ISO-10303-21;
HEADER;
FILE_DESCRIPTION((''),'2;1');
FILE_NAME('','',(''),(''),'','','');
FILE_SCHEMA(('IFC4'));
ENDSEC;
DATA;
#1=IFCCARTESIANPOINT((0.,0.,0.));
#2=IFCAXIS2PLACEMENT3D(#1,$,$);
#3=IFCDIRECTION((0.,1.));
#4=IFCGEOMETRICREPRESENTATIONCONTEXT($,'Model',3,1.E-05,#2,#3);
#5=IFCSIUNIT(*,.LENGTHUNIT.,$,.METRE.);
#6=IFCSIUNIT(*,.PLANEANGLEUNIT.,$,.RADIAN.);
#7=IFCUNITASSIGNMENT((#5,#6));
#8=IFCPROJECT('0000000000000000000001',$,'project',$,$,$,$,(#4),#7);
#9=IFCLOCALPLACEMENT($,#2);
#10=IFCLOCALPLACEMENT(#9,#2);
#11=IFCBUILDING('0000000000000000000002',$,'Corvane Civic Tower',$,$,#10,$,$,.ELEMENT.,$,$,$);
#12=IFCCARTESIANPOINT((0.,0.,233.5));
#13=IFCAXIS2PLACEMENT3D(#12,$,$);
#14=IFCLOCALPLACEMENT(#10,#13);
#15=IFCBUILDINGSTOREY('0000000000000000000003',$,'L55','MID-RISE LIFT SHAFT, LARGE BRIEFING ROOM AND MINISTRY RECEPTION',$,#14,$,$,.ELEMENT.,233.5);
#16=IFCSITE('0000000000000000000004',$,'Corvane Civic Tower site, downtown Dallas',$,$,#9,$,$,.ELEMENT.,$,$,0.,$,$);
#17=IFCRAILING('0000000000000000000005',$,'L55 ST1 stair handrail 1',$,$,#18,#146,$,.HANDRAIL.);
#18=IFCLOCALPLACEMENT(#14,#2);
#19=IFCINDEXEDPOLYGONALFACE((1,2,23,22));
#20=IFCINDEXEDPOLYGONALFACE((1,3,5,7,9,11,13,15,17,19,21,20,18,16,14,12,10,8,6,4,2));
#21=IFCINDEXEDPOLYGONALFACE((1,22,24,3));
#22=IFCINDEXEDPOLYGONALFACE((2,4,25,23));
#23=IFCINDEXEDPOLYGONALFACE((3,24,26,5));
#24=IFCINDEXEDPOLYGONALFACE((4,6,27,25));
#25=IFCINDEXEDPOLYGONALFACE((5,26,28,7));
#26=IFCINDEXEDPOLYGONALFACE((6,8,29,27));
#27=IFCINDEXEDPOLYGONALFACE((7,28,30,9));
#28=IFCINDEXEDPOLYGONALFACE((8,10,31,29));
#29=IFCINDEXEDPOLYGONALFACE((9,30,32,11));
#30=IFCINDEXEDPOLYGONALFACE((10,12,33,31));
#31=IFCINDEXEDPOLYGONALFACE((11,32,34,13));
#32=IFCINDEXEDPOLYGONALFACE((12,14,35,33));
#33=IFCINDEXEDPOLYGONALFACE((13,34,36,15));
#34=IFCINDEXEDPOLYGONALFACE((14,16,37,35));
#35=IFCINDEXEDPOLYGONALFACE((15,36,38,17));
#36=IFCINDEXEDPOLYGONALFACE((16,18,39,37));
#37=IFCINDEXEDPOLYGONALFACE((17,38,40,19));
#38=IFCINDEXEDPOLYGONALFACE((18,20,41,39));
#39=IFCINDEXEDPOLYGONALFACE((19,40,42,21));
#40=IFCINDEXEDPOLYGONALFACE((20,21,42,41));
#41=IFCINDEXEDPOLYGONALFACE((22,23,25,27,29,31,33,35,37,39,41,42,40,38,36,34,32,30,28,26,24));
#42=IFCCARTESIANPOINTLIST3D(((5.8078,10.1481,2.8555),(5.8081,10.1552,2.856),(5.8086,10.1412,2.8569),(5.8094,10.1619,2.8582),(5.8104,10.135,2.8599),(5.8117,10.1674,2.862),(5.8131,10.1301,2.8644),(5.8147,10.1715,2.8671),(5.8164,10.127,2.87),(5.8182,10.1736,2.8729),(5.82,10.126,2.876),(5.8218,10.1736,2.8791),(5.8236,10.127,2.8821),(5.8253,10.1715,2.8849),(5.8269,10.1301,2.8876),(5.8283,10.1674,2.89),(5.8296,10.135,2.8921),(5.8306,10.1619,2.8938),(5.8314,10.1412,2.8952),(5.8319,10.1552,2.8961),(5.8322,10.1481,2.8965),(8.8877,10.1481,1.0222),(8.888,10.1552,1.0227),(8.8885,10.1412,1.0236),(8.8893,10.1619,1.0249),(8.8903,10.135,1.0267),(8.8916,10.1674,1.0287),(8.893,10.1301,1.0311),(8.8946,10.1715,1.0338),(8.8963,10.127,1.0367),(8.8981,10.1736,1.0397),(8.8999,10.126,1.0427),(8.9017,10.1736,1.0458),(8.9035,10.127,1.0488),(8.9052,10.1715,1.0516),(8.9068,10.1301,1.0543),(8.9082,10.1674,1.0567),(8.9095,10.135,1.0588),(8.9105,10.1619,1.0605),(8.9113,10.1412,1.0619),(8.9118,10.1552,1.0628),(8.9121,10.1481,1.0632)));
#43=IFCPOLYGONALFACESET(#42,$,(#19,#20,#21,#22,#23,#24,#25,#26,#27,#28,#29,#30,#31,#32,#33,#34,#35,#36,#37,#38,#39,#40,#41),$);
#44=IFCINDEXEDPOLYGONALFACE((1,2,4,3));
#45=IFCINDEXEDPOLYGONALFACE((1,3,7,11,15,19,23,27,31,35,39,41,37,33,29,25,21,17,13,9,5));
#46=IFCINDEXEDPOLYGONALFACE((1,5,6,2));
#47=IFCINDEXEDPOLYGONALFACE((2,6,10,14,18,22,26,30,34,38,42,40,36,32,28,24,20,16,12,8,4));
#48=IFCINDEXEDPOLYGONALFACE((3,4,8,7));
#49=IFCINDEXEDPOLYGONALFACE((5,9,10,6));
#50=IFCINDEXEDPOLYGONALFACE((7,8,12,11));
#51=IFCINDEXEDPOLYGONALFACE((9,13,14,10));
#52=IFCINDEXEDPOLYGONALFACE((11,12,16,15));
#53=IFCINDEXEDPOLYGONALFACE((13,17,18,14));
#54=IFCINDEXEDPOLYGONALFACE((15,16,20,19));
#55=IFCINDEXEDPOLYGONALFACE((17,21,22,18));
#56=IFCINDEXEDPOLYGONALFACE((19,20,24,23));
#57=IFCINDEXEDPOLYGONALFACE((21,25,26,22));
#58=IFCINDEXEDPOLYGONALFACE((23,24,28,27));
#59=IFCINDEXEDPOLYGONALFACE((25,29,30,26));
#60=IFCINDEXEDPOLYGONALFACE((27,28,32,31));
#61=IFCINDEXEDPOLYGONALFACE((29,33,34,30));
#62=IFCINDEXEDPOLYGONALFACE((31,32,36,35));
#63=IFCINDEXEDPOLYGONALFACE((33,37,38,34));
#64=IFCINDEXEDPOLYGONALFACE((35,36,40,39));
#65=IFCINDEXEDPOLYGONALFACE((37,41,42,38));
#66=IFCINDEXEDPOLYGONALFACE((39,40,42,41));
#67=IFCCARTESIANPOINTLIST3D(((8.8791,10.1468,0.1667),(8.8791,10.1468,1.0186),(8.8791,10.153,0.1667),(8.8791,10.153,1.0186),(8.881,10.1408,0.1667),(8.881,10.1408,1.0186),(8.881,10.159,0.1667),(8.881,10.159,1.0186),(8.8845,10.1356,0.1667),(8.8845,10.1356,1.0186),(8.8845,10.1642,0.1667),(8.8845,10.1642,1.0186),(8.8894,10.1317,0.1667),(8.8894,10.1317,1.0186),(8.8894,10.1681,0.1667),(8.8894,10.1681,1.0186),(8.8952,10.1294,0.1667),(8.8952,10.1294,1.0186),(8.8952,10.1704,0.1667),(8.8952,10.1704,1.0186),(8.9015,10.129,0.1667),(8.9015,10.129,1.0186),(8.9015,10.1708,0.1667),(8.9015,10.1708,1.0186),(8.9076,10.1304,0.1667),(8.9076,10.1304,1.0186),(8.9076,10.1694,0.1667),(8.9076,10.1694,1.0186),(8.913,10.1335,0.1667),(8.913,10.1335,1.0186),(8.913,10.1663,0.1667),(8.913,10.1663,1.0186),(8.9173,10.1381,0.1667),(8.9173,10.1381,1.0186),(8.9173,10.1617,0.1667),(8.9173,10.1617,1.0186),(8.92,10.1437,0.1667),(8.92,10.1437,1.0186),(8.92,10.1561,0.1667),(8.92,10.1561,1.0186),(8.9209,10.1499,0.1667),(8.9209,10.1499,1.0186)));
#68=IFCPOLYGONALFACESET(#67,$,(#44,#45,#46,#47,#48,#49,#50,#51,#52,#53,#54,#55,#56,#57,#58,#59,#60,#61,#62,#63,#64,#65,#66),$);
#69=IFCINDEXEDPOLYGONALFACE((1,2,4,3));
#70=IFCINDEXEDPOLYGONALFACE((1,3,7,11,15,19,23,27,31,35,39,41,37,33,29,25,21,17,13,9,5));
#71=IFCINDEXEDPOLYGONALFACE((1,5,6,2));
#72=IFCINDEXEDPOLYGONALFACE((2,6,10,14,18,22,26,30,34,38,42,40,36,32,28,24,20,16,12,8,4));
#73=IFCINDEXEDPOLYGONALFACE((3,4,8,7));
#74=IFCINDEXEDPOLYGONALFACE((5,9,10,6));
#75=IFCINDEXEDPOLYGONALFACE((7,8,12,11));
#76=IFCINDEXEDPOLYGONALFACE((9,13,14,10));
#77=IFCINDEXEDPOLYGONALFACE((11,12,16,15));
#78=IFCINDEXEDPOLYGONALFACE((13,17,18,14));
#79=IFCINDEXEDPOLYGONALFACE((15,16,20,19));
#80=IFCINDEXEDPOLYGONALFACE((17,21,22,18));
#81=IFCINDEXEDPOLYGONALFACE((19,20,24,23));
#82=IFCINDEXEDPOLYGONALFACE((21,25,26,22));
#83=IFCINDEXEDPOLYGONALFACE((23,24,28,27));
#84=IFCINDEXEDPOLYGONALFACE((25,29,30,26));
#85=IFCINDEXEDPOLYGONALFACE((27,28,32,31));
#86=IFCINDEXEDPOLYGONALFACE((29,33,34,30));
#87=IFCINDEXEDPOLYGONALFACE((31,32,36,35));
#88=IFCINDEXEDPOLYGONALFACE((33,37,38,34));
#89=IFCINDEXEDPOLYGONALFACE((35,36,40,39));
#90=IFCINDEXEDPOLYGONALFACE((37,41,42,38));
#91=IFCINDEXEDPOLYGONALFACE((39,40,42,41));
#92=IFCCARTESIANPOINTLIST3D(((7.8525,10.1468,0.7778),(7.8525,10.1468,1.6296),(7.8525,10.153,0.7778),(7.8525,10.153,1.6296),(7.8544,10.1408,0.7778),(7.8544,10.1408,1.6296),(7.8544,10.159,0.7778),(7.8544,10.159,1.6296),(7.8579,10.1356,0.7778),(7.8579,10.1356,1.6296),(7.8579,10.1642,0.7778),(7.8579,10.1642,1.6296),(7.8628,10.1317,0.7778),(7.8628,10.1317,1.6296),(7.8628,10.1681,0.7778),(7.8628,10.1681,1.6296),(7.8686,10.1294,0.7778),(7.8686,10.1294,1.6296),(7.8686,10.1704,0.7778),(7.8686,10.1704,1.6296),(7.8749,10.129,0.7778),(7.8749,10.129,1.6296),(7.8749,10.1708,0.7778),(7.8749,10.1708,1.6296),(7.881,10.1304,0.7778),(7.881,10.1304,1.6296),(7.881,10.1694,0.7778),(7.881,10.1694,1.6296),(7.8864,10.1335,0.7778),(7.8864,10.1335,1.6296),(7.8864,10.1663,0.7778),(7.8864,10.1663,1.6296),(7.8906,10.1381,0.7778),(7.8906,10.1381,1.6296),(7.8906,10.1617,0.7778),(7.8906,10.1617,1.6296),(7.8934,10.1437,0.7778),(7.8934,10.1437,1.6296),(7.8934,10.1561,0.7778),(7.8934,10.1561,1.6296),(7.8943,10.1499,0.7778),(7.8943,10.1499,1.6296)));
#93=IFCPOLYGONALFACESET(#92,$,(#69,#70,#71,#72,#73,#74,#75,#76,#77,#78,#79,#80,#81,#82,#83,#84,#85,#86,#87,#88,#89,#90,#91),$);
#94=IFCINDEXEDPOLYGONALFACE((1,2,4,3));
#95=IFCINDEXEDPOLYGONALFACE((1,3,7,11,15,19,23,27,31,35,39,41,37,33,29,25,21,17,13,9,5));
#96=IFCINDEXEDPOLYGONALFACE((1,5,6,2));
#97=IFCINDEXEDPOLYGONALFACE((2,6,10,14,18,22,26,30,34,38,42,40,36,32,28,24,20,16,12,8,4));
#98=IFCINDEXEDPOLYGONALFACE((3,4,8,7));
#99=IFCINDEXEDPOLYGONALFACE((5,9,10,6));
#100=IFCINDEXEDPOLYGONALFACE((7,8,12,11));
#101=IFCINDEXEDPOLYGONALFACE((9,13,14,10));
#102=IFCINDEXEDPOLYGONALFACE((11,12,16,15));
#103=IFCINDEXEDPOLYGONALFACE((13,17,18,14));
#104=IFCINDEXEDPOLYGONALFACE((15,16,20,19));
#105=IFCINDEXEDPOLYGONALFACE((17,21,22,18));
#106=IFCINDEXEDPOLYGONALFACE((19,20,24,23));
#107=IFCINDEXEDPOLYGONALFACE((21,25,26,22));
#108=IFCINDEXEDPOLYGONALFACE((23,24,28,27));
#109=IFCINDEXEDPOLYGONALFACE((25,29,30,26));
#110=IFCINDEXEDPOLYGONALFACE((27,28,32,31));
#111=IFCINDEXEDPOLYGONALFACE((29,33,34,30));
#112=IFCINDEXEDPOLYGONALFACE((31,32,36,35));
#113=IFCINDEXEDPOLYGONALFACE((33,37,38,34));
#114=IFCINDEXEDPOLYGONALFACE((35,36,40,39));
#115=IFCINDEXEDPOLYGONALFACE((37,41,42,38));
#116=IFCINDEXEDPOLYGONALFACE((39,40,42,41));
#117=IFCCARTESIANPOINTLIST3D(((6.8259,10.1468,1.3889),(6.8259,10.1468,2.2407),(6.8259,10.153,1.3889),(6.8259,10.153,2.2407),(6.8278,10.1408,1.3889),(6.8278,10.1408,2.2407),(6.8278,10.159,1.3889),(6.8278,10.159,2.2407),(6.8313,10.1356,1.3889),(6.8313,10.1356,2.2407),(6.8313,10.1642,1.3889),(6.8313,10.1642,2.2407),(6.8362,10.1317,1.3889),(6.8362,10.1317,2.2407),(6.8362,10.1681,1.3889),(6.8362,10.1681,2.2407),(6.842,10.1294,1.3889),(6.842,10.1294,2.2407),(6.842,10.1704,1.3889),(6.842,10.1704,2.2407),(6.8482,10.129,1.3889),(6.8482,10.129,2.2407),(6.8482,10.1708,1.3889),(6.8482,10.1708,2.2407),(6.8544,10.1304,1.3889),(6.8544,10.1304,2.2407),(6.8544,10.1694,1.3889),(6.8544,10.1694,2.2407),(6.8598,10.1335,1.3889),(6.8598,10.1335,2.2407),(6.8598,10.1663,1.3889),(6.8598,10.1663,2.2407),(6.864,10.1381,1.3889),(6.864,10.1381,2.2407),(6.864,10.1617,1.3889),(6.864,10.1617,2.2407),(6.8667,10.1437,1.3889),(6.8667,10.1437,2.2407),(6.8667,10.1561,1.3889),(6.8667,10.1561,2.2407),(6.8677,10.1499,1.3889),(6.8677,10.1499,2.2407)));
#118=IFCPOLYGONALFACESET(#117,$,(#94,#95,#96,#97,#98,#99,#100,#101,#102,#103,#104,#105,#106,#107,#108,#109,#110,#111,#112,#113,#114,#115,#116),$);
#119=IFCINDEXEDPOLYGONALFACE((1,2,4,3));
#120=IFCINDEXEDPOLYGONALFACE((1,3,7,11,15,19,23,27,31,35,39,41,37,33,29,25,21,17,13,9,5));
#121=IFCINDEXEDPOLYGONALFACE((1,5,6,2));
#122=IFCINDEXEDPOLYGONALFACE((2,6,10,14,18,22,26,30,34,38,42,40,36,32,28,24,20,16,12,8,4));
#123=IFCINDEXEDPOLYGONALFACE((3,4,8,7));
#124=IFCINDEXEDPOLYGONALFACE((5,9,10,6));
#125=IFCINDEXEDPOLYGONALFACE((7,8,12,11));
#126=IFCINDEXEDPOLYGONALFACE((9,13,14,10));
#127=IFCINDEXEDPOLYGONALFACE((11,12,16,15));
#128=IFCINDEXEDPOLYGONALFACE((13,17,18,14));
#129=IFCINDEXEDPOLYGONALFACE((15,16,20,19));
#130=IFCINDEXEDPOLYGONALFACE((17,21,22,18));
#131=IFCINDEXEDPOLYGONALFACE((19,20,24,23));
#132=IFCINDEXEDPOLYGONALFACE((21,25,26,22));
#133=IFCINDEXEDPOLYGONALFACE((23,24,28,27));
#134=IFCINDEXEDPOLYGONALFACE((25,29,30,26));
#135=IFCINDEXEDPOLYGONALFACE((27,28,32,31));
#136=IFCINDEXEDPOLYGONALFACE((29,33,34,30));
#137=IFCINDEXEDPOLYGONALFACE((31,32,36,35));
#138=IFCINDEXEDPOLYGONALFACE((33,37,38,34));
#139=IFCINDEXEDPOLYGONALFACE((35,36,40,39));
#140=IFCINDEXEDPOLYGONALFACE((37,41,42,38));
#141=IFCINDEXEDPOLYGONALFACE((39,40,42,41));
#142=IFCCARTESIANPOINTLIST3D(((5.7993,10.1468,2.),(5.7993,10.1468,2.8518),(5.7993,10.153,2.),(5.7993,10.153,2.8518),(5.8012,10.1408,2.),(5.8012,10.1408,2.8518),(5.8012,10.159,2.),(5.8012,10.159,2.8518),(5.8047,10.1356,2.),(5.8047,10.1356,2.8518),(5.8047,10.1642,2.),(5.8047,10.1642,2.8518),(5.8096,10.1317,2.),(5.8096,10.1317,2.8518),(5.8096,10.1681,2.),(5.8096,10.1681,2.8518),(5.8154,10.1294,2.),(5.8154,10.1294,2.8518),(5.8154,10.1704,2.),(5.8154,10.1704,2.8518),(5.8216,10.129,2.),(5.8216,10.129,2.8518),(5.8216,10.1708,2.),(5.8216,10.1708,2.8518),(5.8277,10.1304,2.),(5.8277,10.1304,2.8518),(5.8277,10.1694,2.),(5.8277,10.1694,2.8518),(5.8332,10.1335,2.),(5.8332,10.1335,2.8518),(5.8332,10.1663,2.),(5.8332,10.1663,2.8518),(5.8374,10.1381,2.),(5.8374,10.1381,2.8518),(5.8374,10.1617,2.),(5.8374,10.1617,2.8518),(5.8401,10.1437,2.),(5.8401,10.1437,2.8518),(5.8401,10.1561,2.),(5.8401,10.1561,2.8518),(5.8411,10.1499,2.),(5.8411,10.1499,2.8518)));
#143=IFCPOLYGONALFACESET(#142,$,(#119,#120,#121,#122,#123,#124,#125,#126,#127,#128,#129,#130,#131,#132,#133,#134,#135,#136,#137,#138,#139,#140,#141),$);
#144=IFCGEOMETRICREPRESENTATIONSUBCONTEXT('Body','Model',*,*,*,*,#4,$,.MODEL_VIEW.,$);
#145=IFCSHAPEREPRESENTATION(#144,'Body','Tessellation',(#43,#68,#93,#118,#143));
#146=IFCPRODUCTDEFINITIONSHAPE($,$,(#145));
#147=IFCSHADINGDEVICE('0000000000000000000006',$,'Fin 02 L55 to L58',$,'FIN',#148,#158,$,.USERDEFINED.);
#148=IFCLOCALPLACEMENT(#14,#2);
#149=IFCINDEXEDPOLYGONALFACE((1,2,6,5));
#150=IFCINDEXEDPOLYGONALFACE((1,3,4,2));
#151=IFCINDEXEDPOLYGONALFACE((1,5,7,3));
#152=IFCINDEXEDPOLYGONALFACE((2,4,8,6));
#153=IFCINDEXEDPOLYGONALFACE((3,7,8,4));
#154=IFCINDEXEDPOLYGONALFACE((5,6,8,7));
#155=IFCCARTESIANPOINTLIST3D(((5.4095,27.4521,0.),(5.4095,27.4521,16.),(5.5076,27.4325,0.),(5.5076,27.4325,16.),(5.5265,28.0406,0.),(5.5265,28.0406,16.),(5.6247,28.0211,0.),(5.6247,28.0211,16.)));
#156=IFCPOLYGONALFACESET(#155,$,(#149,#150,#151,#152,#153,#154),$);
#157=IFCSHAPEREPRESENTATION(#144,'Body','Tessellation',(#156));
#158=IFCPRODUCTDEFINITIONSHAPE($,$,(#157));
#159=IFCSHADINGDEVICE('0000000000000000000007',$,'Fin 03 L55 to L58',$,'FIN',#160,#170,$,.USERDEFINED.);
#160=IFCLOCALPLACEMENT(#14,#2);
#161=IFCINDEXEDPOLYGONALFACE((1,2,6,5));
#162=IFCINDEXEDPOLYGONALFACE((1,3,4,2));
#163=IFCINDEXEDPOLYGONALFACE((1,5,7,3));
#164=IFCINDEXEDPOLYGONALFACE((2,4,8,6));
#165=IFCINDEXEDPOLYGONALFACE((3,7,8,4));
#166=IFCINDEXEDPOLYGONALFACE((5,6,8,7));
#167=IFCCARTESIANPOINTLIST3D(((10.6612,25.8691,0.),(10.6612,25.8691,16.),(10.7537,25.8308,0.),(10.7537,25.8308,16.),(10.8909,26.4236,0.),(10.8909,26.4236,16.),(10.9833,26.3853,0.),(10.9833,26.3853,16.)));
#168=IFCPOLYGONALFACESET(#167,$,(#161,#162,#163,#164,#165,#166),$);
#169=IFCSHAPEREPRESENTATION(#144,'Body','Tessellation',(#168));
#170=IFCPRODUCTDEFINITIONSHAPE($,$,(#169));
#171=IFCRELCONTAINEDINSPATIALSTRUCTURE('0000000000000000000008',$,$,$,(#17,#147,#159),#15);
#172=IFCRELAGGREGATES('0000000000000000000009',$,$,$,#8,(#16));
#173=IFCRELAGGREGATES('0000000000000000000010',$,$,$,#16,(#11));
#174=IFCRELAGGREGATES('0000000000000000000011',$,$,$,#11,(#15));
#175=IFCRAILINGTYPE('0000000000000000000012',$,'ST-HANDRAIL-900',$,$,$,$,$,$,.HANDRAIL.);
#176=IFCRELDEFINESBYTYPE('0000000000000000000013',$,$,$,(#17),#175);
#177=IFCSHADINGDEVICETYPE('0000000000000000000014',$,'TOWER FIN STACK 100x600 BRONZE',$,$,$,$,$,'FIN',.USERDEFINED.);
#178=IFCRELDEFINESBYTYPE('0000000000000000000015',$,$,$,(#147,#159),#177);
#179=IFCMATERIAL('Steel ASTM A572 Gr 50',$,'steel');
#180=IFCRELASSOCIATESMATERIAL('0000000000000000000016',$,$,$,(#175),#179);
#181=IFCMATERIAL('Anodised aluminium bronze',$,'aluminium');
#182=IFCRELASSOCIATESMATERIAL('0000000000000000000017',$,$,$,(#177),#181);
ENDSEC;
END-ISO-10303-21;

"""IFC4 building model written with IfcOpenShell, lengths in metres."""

from ifc_helpers import new_model, si_unit, direction, frame, origin, origin_2d, place, context, subcontext, project, spatial, rectangle, circle, extrude, material, material_profile, profile_set, type_object, element, save


model = new_model("IFC4")

# Units and contexts
model_context = context("Model", 3, precision=1e-05, world=origin(), true_north=direction((0.0, 1.0)))
body_context = subcontext(model_context, "Body", "Model", "MODEL_VIEW")
ifc_project = project(units=[si_unit("LENGTHUNIT", "METRE"), si_unit("PLANEANGLEUNIT", "RADIAN")], contexts=[model_context])

# Site, building, storey
site_placement = place(None, origin())
site = spatial("IfcSite", under=ifc_project, at=site_placement, Name="Corvane Civic Tower site, downtown Dallas", CompositionType="ELEMENT", RefElevation=0.0)
building_placement = place(site_placement, origin())
building = spatial("IfcBuilding", under=site, at=building_placement, Name="Corvane Civic Tower", CompositionType="ELEMENT")
storey_placement = place(building_placement, frame((0.0, 0.0, 233.5)))
storey = spatial("IfcBuildingStorey", under=building, at=storey_placement, Name="L55", Description="MID-RISE LIFT SHAFT, LARGE BRIEFING ROOM AND MINISTRY RECEPTION", CompositionType="ELEMENT", Elevation=233.5)

# Railing
ifc_material_1 = material(Name="Steel ASTM A572 Gr 50", Category="steel")
railing_type = type_object("IfcRailingType", Name="ST-HANDRAIL-900", PredefinedType="HANDRAIL", material=ifc_material_1)
railing_placement = place(storey_placement, frame((8.8999, 10.1499, 0.1667)))
element("IfcRailing", 1, at=railing_placement, inside=storey, type_object=railing_type, Name="L55 ST1 stair handrail 1", PredefinedType="HANDRAIL", context=body_context, shape_type="SweptSolid", body=[
    extrude(circle(Radius=0.0239, at=origin_2d()), frame((0.0, 0.0, 0.876), z_axis=(-0.859291, 0.0, 0.511487), x_axis=(0.0, -1.0, 0.0)), (0.0, 0.0, 1.0), 3.5842),
    extrude(circle(Radius=0.021, at=origin_2d()), origin(), (0.0, 0.0, 1.0), 0.8518),
    extrude(circle(Radius=0.021, at=origin_2d()), frame((-1.0266, 0.0, 0.6111)), (0.0, 0.0, 1.0), 0.8518),
    extrude(circle(Radius=0.021, at=origin_2d()), frame((-2.0532, 0.0, 1.2222)), (0.0, 0.0, 1.0), 0.8518),
    extrude(circle(Radius=0.021, at=origin_2d()), frame((-3.0798, 0.0, 1.8333)), (0.0, 0.0, 1.0), 0.8518),
])

# Shading devices
ifc_material_2 = material(Name="Anodised aluminium bronze", Category="aluminium")
ifc_material_profile_1 = material_profile(ifc_material_2, rectangle(XDim=0.1001, YDim=0.6001, at=origin_2d()), Name="TOWER FIN STACK 100x600 BRONZE")
ifc_profile_set_1 = profile_set([ifc_material_profile_1], Name="Anodised aluminium bronze")
shading_device_type = type_object("IfcShadingDeviceType", Name="TOWER FIN STACK 100x600 BRONZE", ElementType="FIN", PredefinedType="USERDEFINED", material=ifc_profile_set_1)
for number, where, z_axis, x_axis, name in (
    (2, (5.5171, 27.7366, 0.0), (0.0, 0.0, 1.0), (0.980785, -0.19509, 0.0), "Fin 02 L55 to L58"),
    (3, (10.8223, 26.1272, 0.0), (0.0, 0.0, 1.0), (0.92388, -0.382683, 0.0), "Fin 03 L55 to L58"),
):
    element("IfcShadingDevice", number, at=place(storey_placement, frame(where, z_axis=z_axis, x_axis=x_axis)), inside=storey, type_object=shading_device_type, Name=name, ObjectType="FIN", PredefinedType="USERDEFINED", context=body_context, shape_type="SweptSolid", body=[
        extrude(rectangle(XDim=0.1001, YDim=0.6001, at=origin_2d()), origin(), (0.0, 0.0, 1.0), 16.0),
    ])

save(model, "model.ifc")
